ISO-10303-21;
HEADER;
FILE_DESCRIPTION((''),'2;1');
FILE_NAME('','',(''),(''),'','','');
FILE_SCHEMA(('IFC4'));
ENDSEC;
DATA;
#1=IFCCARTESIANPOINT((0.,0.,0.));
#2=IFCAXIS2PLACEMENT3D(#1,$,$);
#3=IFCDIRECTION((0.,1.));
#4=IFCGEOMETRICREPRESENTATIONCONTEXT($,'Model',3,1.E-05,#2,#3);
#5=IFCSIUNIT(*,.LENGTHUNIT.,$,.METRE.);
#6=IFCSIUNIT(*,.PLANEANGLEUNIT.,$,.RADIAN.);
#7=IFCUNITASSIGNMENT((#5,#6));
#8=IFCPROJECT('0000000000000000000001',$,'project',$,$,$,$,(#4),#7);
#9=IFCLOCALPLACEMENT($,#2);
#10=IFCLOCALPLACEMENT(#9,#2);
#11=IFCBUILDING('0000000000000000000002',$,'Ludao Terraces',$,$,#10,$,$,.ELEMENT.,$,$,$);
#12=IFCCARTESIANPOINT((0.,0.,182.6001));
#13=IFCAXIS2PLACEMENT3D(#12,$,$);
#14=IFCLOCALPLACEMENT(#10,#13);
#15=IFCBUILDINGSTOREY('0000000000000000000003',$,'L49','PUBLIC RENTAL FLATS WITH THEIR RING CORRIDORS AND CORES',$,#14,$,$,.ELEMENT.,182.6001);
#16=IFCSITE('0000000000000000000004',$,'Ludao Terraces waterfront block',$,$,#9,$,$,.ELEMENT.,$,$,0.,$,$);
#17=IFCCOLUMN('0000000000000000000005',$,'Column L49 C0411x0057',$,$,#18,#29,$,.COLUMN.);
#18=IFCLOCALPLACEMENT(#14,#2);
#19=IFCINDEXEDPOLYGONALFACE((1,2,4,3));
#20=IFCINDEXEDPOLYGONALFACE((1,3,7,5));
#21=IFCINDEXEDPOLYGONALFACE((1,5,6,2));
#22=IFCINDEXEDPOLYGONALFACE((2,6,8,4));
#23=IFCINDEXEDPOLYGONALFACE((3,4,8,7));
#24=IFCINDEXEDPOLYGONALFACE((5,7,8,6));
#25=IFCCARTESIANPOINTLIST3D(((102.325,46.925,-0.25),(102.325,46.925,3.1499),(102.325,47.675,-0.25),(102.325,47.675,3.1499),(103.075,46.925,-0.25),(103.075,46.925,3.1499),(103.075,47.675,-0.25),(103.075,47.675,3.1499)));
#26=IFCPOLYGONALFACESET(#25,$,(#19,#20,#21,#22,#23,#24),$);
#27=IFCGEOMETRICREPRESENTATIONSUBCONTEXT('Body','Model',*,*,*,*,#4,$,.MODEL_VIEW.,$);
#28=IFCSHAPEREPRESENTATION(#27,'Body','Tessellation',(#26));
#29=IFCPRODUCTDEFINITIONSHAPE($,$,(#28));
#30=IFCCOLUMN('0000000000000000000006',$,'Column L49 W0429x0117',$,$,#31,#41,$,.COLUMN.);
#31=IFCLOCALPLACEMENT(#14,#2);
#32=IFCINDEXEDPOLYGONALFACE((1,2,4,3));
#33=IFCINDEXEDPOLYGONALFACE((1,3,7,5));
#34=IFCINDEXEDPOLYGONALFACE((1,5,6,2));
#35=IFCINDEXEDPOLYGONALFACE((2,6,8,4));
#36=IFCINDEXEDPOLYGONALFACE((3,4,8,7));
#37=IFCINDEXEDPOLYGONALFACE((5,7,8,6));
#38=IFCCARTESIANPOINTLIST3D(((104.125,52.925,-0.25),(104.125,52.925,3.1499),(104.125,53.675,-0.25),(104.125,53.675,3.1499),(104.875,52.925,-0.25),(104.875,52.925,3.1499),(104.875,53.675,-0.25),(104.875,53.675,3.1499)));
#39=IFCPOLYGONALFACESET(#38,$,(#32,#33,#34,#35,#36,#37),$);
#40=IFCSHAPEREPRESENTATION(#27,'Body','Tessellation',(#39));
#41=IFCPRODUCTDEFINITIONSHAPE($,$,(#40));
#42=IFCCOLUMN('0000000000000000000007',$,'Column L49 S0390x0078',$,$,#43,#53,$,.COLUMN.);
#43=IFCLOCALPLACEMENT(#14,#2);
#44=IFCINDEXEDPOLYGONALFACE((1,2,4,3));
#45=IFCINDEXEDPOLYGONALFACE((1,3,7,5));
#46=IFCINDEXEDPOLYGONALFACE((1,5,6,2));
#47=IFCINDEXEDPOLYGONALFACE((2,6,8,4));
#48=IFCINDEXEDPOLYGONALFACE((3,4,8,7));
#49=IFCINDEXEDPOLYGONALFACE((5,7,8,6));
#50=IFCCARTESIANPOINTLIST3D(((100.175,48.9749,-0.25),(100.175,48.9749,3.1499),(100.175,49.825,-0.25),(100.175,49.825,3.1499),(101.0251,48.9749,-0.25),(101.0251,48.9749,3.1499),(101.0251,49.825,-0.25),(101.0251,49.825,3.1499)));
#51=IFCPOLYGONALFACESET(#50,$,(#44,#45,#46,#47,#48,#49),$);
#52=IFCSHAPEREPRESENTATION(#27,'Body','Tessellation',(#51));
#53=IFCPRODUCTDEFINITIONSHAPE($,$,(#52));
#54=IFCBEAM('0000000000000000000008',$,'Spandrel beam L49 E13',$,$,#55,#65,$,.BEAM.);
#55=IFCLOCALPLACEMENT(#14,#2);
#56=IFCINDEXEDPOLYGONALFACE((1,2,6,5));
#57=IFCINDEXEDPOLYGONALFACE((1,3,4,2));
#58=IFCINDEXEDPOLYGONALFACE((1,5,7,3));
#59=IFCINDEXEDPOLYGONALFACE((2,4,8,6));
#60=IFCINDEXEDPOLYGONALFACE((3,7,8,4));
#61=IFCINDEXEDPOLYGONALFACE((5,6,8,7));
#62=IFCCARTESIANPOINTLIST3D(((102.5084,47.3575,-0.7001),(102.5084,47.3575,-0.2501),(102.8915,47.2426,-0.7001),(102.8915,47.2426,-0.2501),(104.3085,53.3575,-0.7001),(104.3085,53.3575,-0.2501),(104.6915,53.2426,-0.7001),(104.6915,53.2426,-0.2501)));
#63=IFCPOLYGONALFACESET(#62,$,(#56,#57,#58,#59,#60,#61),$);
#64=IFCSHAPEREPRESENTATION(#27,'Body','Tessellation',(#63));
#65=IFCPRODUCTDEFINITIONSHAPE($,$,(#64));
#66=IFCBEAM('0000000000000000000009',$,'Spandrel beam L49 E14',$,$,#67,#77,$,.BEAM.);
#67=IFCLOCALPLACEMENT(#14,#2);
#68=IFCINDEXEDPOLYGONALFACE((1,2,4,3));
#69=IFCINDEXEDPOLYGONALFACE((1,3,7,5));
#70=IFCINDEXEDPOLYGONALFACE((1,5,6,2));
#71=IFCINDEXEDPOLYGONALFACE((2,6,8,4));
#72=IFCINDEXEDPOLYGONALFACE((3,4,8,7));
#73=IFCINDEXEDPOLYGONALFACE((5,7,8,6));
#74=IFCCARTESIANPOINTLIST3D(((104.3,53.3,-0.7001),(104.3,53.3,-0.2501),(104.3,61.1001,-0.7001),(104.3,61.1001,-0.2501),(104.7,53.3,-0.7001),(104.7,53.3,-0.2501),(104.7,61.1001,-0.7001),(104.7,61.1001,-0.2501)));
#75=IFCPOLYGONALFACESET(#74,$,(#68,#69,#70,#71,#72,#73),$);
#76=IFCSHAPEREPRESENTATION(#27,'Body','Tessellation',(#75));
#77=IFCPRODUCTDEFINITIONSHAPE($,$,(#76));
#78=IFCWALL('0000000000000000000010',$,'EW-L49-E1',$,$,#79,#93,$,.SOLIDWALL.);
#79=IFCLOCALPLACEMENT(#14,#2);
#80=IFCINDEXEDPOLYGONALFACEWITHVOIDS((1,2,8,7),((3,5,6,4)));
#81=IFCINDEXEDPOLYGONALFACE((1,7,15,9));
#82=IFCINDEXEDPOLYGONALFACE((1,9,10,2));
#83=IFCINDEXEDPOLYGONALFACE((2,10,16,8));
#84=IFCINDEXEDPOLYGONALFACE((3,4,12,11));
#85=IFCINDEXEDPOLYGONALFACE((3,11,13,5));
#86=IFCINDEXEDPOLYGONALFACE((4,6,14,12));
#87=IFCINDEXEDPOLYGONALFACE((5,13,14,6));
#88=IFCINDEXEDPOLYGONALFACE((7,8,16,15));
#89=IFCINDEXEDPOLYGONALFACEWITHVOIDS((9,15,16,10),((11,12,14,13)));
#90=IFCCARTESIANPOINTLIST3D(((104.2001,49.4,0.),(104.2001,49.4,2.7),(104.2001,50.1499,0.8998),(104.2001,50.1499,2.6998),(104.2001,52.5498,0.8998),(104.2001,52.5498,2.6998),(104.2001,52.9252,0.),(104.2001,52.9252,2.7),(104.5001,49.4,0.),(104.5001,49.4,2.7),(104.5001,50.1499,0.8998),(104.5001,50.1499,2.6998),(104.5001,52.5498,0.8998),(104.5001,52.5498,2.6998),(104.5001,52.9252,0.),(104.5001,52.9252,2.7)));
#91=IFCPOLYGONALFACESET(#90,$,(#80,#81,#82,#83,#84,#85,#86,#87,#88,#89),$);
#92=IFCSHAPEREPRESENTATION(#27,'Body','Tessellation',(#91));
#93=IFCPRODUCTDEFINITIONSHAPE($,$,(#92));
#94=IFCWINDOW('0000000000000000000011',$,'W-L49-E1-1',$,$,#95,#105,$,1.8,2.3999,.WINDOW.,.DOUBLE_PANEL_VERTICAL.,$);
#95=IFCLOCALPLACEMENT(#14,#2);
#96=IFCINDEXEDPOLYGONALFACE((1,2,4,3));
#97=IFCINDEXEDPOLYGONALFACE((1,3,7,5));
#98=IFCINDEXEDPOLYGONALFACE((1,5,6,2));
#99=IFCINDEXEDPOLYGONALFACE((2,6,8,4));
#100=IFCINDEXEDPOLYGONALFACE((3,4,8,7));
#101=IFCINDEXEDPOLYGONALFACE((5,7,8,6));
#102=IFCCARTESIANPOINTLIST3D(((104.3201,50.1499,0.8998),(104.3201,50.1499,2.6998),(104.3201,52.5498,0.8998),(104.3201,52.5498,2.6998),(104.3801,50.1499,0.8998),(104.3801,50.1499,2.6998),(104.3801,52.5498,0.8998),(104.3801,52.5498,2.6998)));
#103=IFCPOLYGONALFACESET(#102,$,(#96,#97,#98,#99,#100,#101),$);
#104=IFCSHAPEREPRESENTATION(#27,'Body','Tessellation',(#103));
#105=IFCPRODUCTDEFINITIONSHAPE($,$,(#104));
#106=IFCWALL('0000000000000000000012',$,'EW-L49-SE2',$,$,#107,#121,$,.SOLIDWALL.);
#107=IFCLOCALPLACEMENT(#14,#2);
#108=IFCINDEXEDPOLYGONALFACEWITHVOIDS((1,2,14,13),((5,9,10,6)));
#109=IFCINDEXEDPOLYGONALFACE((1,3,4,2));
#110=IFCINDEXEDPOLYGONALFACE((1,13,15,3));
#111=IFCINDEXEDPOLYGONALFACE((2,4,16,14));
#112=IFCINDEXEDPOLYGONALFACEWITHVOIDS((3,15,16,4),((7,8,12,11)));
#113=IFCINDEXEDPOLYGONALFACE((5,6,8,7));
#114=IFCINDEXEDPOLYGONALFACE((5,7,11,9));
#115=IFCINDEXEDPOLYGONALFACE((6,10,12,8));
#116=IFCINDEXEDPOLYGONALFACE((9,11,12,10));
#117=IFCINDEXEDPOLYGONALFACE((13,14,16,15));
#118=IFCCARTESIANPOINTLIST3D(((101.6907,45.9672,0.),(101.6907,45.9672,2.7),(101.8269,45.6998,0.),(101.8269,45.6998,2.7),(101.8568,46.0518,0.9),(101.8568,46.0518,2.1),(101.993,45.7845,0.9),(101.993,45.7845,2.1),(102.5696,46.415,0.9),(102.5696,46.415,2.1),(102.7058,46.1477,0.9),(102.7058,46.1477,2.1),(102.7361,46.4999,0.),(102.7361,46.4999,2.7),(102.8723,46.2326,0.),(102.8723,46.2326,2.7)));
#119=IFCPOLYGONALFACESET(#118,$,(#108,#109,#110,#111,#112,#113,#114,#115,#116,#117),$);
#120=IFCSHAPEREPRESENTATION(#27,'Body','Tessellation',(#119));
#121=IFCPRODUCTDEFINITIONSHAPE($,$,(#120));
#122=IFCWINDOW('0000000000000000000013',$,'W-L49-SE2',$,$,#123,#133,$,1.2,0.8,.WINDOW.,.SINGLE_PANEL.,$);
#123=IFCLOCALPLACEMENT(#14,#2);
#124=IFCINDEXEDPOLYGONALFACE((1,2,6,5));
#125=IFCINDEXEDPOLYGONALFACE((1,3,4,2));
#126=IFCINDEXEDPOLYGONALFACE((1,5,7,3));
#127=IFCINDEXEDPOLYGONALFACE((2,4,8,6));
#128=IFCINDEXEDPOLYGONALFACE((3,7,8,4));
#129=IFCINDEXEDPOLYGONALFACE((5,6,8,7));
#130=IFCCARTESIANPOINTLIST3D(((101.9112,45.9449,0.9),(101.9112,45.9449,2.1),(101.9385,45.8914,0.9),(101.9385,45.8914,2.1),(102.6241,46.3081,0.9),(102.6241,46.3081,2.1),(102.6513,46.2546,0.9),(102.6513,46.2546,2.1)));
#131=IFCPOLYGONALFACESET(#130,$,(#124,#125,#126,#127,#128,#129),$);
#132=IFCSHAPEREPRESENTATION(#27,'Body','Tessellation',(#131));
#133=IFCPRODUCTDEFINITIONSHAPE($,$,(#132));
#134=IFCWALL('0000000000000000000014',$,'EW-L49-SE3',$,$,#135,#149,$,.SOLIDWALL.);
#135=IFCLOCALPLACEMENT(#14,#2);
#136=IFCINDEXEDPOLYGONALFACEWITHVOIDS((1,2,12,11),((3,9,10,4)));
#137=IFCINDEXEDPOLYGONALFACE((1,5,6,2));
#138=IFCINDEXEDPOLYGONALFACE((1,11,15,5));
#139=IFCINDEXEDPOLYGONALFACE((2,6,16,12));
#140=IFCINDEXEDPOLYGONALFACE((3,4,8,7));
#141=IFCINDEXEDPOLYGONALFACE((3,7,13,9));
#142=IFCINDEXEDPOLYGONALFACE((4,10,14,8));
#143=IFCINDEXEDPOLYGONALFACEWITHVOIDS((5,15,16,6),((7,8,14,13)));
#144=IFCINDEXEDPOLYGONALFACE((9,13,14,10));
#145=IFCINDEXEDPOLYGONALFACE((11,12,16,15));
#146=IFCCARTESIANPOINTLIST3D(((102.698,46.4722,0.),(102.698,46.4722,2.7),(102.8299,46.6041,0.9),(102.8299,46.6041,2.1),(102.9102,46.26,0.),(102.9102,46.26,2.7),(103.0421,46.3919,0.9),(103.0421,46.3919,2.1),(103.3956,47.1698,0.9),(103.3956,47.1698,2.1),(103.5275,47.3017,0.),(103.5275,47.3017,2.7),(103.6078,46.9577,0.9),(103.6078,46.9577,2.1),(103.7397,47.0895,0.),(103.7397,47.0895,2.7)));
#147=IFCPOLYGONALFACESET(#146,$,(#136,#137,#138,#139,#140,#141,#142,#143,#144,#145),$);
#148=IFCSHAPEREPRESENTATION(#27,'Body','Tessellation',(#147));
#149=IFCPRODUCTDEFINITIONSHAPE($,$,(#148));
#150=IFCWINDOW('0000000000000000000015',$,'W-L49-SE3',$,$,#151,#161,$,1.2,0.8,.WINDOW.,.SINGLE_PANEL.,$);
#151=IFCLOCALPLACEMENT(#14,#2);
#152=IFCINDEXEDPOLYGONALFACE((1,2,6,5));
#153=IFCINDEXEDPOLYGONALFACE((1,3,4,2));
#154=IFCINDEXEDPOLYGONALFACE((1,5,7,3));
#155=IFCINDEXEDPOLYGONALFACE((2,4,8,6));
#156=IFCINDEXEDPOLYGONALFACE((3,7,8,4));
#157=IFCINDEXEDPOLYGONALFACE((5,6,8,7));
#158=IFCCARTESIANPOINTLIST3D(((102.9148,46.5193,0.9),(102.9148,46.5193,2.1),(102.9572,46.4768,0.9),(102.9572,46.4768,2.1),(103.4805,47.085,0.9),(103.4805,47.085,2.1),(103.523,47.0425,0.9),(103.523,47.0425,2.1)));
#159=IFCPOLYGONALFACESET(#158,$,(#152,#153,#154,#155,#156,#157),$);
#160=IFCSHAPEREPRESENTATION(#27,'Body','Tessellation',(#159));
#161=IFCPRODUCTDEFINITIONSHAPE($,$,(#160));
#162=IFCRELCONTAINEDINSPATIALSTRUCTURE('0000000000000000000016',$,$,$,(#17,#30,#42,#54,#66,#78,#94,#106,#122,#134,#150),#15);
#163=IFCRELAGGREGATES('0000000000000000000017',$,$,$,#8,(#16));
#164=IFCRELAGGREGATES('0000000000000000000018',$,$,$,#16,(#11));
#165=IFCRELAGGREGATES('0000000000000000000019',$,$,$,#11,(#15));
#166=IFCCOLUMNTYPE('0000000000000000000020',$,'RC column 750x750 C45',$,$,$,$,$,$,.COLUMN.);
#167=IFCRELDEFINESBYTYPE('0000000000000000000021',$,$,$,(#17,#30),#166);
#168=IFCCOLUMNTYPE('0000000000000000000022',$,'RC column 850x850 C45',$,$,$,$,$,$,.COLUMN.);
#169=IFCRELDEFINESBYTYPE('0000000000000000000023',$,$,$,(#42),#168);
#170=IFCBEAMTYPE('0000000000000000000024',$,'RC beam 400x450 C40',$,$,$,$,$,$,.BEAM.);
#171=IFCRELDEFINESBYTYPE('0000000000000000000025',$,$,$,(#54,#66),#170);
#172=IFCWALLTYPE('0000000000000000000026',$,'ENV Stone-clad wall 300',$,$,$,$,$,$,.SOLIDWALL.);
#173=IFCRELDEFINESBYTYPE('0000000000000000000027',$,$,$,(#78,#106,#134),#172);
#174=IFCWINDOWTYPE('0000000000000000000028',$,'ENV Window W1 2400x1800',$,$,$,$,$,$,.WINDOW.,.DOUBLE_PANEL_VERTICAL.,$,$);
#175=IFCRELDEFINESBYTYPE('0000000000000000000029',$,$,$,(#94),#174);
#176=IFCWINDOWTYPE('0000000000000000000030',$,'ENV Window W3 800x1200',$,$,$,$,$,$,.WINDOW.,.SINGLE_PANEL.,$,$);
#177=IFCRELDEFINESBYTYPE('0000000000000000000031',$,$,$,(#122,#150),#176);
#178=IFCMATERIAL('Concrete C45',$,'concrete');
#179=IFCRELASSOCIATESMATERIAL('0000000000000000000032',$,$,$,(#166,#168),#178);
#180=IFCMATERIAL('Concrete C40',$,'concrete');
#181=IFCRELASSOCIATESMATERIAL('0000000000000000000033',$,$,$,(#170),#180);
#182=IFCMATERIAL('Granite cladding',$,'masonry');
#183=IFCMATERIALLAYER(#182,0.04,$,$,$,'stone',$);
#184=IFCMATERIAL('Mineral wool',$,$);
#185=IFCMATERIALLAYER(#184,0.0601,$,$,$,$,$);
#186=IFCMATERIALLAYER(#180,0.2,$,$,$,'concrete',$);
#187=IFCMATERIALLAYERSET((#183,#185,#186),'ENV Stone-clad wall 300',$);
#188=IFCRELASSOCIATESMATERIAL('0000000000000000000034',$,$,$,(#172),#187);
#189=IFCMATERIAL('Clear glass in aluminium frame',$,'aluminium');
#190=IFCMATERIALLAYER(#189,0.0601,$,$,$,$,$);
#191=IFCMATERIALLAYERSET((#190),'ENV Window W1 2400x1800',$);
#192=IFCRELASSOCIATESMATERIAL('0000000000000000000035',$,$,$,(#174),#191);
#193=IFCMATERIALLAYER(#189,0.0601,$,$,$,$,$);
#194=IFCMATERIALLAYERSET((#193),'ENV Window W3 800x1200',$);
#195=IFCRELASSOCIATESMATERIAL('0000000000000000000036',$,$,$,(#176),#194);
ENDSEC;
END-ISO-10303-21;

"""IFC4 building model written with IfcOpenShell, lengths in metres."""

from ifc_helpers import new_model, si_unit, direction, frame, frame_2d, origin, origin_2d, place, context, subcontext, project, spatial, rectangle, extrude, material, layer, layer_set, material_profile, profile_set, type_object, element, fill, save


model = new_model("IFC4")

# Units and contexts
model_context = context("Model", 3, precision=1e-05, world=origin(), true_north=direction((0.0, 1.0)))
body_context = subcontext(model_context, "Body", "Model", "MODEL_VIEW")
ifc_project = project(units=[si_unit("LENGTHUNIT", "METRE"), si_unit("PLANEANGLEUNIT", "RADIAN")], contexts=[model_context])

# Site, building, storey
site_placement = place(None, origin())
site = spatial("IfcSite", under=ifc_project, at=site_placement, Name="Ludao Terraces waterfront block", CompositionType="ELEMENT", RefElevation=0.0)
building_placement = place(site_placement, origin())
building = spatial("IfcBuilding", under=site, at=building_placement, Name="Ludao Terraces", CompositionType="ELEMENT")
storey_placement = place(building_placement, frame((0.0, 0.0, 182.6001)))
storey = spatial("IfcBuildingStorey", under=building, at=storey_placement, Name="L49", Description="PUBLIC RENTAL FLATS WITH THEIR RING CORRIDORS AND CORES", CompositionType="ELEMENT", Elevation=182.6001)

# Columns
ifc_material_1 = material(Name="Concrete C45", Category="concrete")
ifc_material_profile_1 = material_profile(ifc_material_1, rectangle(XDim=0.75, YDim=0.75, at=origin_2d()), Name="750 X 750")
ifc_profile_set_1 = profile_set([ifc_material_profile_1], Name="Concrete C45")
column_type_1 = type_object("IfcColumnType", Name="RC column 750x750 C45", PredefinedType="COLUMN", material=ifc_profile_set_1)
for number, where, z_axis, x_axis, name in (
    (1, (102.7, 47.3, -0.25), (0.0, 0.0, 1.0), (1.0, 0.0, 0.0), "Column L49 C0411x0057"),
    (2, (104.5, 53.3, -0.25), (0.0, 0.0, 1.0), (1.0, 0.0, 0.0), "Column L49 W0429x0117"),
):
    element("IfcColumn", number, at=place(storey_placement, frame(where, z_axis=z_axis, x_axis=x_axis)), inside=storey, type_object=column_type_1, Name=name, PredefinedType="COLUMN", context=body_context, shape_type="SweptSolid", body=[
        extrude(rectangle(XDim=0.75, YDim=0.75, at=origin_2d()), origin(), (0.0, 0.0, 1.0), 3.3999),
    ])
ifc_material_profile_2 = material_profile(ifc_material_1, rectangle(XDim=0.8501, YDim=0.8501, at=origin_2d()), Name="850 X 850")
ifc_profile_set_2 = profile_set([ifc_material_profile_2], Name="Concrete C45")
column_type_2 = type_object("IfcColumnType", Name="RC column 850x850 C45", PredefinedType="COLUMN", material=ifc_profile_set_2)
column_placement = place(storey_placement, frame((100.6001, 49.3999, -0.25), z_axis=(0.0, 0.0, 1.0), x_axis=(1.0, 0.0, 0.0)))
element("IfcColumn", 3, at=column_placement, inside=storey, type_object=column_type_2, Name="Column L49 S0390x0078", PredefinedType="COLUMN", context=body_context, shape_type="SweptSolid", body=[
    extrude(rectangle(XDim=0.8501, YDim=0.8501, at=origin_2d()), origin(), (0.0, 0.0, 1.0), 3.3999),
])

# Beams
ifc_material_2 = material(Name="Concrete C40", Category="concrete")
ifc_material_profile_3 = material_profile(ifc_material_2, rectangle(XDim=0.3999, YDim=0.45, at=origin_2d()), Name="400 X 450")
ifc_profile_set_3 = profile_set([ifc_material_profile_3], Name="Concrete C40")
beam_type = type_object("IfcBeamType", Name="RC beam 400x450 C40", PredefinedType="BEAM", material=ifc_profile_set_3)
beam_1_placement = place(storey_placement, frame((102.7, 47.3, -0.4751), z_axis=(0.287355, 0.957824, 0.0), x_axis=(-0.957824, 0.287355, 0.0)))
element("IfcBeam", 4, at=beam_1_placement, inside=storey, type_object=beam_type, Name="Spandrel beam L49 E13", PredefinedType="BEAM", context=body_context, shape_type="SweptSolid", body=[
    extrude(rectangle(XDim=0.3999, YDim=0.45, at=origin_2d()), origin(), (0.0, 0.0, 1.0), 6.2642),
])
beam_2_placement = place(storey_placement, frame((104.5, 53.3, -0.4751), z_axis=(0.0, 1.0, 0.0), x_axis=(-1.0, 0.0, 0.0)))
element("IfcBeam", 5, at=beam_2_placement, inside=storey, type_object=beam_type, Name="Spandrel beam L49 E14", PredefinedType="BEAM", context=body_context, shape_type="SweptSolid", body=[
    extrude(rectangle(XDim=0.3999, YDim=0.45, at=origin_2d()), origin(), (0.0, 0.0, 1.0), 7.8),
])

# Walls, openings, windows
ifc_material_3 = material(Name="Granite cladding", Category="masonry")
ifc_layer_1 = layer(ifc_material_3, 0.04, Category="stone")
ifc_material_4 = material(Name="Mineral wool")
ifc_layer_2 = layer(ifc_material_4, 0.0601)
ifc_layer_3 = layer(ifc_material_2, 0.2, Category="concrete")
ifc_layer_set_1 = layer_set([ifc_layer_1, ifc_layer_2, ifc_layer_3], Name="ENV Stone-clad wall 300")
wall_type = type_object("IfcWallType", Name="ENV Stone-clad wall 300", PredefinedType="SOLIDWALL", material=ifc_layer_set_1)
wall_1_placement = place(storey_placement, frame((104.3501, 49.3999, 0.0), z_axis=(0.0, 0.0, 1.0), x_axis=(0.0, 1.0, 0.0)))
wall_1 = element("IfcWall", 6, at=wall_1_placement, inside=storey, type_object=wall_type, Name="EW-L49-E1", PredefinedType="SOLIDWALL", context=body_context, shape_type="SweptSolid", body=[
    extrude(rectangle(XDim=3.5251, YDim=0.3, at=frame_2d((1.7627, 0.0))), origin(), (0.0, 0.0, 1.0), 2.7),
])
opening_1_placement = place(wall_1_placement, frame((0.75, 0.0, 0.8999)))
opening_1 = element("IfcOpeningElement", 7, at=opening_1_placement, cuts=wall_1, PredefinedType="OPENING", context=body_context, shape_type="SweptSolid", body=[
    extrude(rectangle(XDim=2.3999, YDim=1.8, at=frame_2d((1.2, 0.8999))), frame((0.0, 0.1602, 0.0), z_axis=(0.0, -1.0, 0.0), x_axis=(1.0, 0.0, 0.0)), (0.0, 0.0, 1.0), 0.3201),
])
ifc_material_5 = material(Name="Clear glass in aluminium frame", Category="aluminium")
ifc_layer_4 = layer(ifc_material_5, 0.0601)
ifc_layer_set_2 = layer_set([ifc_layer_4], Name="ENV Window W1 2400x1800")
window_type_1 = type_object("IfcWindowType", Name="ENV Window W1 2400x1800", PartitioningType="DOUBLE_PANEL_VERTICAL", PredefinedType="WINDOW", material=ifc_layer_set_2)
window_1_placement = place(opening_1_placement, origin())
window_1 = element("IfcWindow", 8, at=window_1_placement, inside=storey, type_object=window_type_1, Name="W-L49-E1-1", OverallHeight=1.8, OverallWidth=2.3999, PartitioningType="DOUBLE_PANEL_VERTICAL", PredefinedType="WINDOW", context=body_context, shape_type="SweptSolid", body=[
    extrude(rectangle(XDim=2.3999, YDim=1.8, at=frame_2d((1.2, 0.8999))), frame((0.0, 0.03, 0.0), z_axis=(0.0, -1.0, 0.0), x_axis=(1.0, 0.0, 0.0)), (0.0, 0.0, 1.0), 0.0601),
])
fill(opening_1, window_1)
wall_2_placement = place(storey_placement, frame((101.7588, 45.8335, 0.0), z_axis=(0.0, 0.0, 1.0), x_axis=(0.890989, 0.454026, 0.0)))
wall_2 = element("IfcWall", 9, at=wall_2_placement, inside=storey, type_object=wall_type, Name="EW-L49-SE2", PredefinedType="SOLIDWALL", context=body_context, shape_type="SweptSolid", body=[
    extrude(rectangle(XDim=1.1733, YDim=0.3, at=frame_2d((0.5867, 0.0))), origin(), (0.0, 0.0, 1.0), 2.7),
])
opening_2_placement = place(wall_2_placement, frame((0.1865, 0.0, 0.8999)))
opening_2 = element("IfcOpeningElement", 10, at=opening_2_placement, cuts=wall_2, PredefinedType="OPENING", context=body_context, shape_type="SweptSolid", body=[
    extrude(rectangle(XDim=0.8, YDim=1.2, at=frame_2d((0.3999, 0.6001))), frame((0.0, 0.1602, 0.0), z_axis=(0.0, -1.0, 0.0), x_axis=(1.0, 0.0, 0.0)), (0.0, 0.0, 1.0), 0.3201),
])
ifc_layer_5 = layer(ifc_material_5, 0.0601)
ifc_layer_set_3 = layer_set([ifc_layer_5], Name="ENV Window W3 800x1200")
window_type_2 = type_object("IfcWindowType", Name="ENV Window W3 800x1200", PartitioningType="SINGLE_PANEL", PredefinedType="WINDOW", material=ifc_layer_set_3)
window_2_placement = place(opening_2_placement, origin())
window_2 = element("IfcWindow", 11, at=window_2_placement, inside=storey, type_object=window_type_2, Name="W-L49-SE2", OverallHeight=1.2, OverallWidth=0.8, PartitioningType="SINGLE_PANEL", PredefinedType="WINDOW", context=body_context, shape_type="SweptSolid", body=[
    extrude(rectangle(XDim=0.8, YDim=1.2, at=frame_2d((0.3999, 0.6001))), frame((0.0, 0.03, 0.0), z_axis=(0.0, -1.0, 0.0), x_axis=(1.0, 0.0, 0.0)), (0.0, 0.0, 1.0), 0.0601),
])
fill(opening_2, window_2)
wall_3_placement = place(storey_placement, frame((102.8042, 46.3662, 0.0), z_axis=(0.0, 0.0, 1.0), x_axis=(0.707107, 0.707107, 0.0)))
wall_3 = element("IfcWall", 12, at=wall_3_placement, inside=storey, type_object=wall_type, Name="EW-L49-SE3", PredefinedType="SOLIDWALL", context=body_context, shape_type="SweptSolid", body=[
    extrude(rectangle(XDim=1.1731, YDim=0.3, at=frame_2d((0.5864, 0.0))), origin(), (0.0, 0.0, 1.0), 2.7),
])
opening_3_placement = place(wall_3_placement, frame((0.1865, 0.0, 0.8999)))
opening_3 = element("IfcOpeningElement", 13, at=opening_3_placement, cuts=wall_3, PredefinedType="OPENING", context=body_context, shape_type="SweptSolid", body=[
    extrude(rectangle(XDim=0.8, YDim=1.2, at=frame_2d((0.3999, 0.6001))), frame((0.0, 0.1602, 0.0), z_axis=(0.0, -1.0, 0.0), x_axis=(1.0, 0.0, 0.0)), (0.0, 0.0, 1.0), 0.3201),
])
window_3_placement = place(opening_3_placement, origin())
window_3 = element("IfcWindow", 14, at=window_3_placement, inside=storey, type_object=window_type_2, Name="W-L49-SE3", OverallHeight=1.2, OverallWidth=0.8, PartitioningType="SINGLE_PANEL", PredefinedType="WINDOW", context=body_context, shape_type="SweptSolid", body=[
    extrude(rectangle(XDim=0.8, YDim=1.2, at=frame_2d((0.3999, 0.6001))), frame((0.0, 0.03, 0.0), z_axis=(0.0, -1.0, 0.0), x_axis=(1.0, 0.0, 0.0)), (0.0, 0.0, 1.0), 0.0601),
])
fill(opening_3, window_3)

save(model, "model.ifc")
